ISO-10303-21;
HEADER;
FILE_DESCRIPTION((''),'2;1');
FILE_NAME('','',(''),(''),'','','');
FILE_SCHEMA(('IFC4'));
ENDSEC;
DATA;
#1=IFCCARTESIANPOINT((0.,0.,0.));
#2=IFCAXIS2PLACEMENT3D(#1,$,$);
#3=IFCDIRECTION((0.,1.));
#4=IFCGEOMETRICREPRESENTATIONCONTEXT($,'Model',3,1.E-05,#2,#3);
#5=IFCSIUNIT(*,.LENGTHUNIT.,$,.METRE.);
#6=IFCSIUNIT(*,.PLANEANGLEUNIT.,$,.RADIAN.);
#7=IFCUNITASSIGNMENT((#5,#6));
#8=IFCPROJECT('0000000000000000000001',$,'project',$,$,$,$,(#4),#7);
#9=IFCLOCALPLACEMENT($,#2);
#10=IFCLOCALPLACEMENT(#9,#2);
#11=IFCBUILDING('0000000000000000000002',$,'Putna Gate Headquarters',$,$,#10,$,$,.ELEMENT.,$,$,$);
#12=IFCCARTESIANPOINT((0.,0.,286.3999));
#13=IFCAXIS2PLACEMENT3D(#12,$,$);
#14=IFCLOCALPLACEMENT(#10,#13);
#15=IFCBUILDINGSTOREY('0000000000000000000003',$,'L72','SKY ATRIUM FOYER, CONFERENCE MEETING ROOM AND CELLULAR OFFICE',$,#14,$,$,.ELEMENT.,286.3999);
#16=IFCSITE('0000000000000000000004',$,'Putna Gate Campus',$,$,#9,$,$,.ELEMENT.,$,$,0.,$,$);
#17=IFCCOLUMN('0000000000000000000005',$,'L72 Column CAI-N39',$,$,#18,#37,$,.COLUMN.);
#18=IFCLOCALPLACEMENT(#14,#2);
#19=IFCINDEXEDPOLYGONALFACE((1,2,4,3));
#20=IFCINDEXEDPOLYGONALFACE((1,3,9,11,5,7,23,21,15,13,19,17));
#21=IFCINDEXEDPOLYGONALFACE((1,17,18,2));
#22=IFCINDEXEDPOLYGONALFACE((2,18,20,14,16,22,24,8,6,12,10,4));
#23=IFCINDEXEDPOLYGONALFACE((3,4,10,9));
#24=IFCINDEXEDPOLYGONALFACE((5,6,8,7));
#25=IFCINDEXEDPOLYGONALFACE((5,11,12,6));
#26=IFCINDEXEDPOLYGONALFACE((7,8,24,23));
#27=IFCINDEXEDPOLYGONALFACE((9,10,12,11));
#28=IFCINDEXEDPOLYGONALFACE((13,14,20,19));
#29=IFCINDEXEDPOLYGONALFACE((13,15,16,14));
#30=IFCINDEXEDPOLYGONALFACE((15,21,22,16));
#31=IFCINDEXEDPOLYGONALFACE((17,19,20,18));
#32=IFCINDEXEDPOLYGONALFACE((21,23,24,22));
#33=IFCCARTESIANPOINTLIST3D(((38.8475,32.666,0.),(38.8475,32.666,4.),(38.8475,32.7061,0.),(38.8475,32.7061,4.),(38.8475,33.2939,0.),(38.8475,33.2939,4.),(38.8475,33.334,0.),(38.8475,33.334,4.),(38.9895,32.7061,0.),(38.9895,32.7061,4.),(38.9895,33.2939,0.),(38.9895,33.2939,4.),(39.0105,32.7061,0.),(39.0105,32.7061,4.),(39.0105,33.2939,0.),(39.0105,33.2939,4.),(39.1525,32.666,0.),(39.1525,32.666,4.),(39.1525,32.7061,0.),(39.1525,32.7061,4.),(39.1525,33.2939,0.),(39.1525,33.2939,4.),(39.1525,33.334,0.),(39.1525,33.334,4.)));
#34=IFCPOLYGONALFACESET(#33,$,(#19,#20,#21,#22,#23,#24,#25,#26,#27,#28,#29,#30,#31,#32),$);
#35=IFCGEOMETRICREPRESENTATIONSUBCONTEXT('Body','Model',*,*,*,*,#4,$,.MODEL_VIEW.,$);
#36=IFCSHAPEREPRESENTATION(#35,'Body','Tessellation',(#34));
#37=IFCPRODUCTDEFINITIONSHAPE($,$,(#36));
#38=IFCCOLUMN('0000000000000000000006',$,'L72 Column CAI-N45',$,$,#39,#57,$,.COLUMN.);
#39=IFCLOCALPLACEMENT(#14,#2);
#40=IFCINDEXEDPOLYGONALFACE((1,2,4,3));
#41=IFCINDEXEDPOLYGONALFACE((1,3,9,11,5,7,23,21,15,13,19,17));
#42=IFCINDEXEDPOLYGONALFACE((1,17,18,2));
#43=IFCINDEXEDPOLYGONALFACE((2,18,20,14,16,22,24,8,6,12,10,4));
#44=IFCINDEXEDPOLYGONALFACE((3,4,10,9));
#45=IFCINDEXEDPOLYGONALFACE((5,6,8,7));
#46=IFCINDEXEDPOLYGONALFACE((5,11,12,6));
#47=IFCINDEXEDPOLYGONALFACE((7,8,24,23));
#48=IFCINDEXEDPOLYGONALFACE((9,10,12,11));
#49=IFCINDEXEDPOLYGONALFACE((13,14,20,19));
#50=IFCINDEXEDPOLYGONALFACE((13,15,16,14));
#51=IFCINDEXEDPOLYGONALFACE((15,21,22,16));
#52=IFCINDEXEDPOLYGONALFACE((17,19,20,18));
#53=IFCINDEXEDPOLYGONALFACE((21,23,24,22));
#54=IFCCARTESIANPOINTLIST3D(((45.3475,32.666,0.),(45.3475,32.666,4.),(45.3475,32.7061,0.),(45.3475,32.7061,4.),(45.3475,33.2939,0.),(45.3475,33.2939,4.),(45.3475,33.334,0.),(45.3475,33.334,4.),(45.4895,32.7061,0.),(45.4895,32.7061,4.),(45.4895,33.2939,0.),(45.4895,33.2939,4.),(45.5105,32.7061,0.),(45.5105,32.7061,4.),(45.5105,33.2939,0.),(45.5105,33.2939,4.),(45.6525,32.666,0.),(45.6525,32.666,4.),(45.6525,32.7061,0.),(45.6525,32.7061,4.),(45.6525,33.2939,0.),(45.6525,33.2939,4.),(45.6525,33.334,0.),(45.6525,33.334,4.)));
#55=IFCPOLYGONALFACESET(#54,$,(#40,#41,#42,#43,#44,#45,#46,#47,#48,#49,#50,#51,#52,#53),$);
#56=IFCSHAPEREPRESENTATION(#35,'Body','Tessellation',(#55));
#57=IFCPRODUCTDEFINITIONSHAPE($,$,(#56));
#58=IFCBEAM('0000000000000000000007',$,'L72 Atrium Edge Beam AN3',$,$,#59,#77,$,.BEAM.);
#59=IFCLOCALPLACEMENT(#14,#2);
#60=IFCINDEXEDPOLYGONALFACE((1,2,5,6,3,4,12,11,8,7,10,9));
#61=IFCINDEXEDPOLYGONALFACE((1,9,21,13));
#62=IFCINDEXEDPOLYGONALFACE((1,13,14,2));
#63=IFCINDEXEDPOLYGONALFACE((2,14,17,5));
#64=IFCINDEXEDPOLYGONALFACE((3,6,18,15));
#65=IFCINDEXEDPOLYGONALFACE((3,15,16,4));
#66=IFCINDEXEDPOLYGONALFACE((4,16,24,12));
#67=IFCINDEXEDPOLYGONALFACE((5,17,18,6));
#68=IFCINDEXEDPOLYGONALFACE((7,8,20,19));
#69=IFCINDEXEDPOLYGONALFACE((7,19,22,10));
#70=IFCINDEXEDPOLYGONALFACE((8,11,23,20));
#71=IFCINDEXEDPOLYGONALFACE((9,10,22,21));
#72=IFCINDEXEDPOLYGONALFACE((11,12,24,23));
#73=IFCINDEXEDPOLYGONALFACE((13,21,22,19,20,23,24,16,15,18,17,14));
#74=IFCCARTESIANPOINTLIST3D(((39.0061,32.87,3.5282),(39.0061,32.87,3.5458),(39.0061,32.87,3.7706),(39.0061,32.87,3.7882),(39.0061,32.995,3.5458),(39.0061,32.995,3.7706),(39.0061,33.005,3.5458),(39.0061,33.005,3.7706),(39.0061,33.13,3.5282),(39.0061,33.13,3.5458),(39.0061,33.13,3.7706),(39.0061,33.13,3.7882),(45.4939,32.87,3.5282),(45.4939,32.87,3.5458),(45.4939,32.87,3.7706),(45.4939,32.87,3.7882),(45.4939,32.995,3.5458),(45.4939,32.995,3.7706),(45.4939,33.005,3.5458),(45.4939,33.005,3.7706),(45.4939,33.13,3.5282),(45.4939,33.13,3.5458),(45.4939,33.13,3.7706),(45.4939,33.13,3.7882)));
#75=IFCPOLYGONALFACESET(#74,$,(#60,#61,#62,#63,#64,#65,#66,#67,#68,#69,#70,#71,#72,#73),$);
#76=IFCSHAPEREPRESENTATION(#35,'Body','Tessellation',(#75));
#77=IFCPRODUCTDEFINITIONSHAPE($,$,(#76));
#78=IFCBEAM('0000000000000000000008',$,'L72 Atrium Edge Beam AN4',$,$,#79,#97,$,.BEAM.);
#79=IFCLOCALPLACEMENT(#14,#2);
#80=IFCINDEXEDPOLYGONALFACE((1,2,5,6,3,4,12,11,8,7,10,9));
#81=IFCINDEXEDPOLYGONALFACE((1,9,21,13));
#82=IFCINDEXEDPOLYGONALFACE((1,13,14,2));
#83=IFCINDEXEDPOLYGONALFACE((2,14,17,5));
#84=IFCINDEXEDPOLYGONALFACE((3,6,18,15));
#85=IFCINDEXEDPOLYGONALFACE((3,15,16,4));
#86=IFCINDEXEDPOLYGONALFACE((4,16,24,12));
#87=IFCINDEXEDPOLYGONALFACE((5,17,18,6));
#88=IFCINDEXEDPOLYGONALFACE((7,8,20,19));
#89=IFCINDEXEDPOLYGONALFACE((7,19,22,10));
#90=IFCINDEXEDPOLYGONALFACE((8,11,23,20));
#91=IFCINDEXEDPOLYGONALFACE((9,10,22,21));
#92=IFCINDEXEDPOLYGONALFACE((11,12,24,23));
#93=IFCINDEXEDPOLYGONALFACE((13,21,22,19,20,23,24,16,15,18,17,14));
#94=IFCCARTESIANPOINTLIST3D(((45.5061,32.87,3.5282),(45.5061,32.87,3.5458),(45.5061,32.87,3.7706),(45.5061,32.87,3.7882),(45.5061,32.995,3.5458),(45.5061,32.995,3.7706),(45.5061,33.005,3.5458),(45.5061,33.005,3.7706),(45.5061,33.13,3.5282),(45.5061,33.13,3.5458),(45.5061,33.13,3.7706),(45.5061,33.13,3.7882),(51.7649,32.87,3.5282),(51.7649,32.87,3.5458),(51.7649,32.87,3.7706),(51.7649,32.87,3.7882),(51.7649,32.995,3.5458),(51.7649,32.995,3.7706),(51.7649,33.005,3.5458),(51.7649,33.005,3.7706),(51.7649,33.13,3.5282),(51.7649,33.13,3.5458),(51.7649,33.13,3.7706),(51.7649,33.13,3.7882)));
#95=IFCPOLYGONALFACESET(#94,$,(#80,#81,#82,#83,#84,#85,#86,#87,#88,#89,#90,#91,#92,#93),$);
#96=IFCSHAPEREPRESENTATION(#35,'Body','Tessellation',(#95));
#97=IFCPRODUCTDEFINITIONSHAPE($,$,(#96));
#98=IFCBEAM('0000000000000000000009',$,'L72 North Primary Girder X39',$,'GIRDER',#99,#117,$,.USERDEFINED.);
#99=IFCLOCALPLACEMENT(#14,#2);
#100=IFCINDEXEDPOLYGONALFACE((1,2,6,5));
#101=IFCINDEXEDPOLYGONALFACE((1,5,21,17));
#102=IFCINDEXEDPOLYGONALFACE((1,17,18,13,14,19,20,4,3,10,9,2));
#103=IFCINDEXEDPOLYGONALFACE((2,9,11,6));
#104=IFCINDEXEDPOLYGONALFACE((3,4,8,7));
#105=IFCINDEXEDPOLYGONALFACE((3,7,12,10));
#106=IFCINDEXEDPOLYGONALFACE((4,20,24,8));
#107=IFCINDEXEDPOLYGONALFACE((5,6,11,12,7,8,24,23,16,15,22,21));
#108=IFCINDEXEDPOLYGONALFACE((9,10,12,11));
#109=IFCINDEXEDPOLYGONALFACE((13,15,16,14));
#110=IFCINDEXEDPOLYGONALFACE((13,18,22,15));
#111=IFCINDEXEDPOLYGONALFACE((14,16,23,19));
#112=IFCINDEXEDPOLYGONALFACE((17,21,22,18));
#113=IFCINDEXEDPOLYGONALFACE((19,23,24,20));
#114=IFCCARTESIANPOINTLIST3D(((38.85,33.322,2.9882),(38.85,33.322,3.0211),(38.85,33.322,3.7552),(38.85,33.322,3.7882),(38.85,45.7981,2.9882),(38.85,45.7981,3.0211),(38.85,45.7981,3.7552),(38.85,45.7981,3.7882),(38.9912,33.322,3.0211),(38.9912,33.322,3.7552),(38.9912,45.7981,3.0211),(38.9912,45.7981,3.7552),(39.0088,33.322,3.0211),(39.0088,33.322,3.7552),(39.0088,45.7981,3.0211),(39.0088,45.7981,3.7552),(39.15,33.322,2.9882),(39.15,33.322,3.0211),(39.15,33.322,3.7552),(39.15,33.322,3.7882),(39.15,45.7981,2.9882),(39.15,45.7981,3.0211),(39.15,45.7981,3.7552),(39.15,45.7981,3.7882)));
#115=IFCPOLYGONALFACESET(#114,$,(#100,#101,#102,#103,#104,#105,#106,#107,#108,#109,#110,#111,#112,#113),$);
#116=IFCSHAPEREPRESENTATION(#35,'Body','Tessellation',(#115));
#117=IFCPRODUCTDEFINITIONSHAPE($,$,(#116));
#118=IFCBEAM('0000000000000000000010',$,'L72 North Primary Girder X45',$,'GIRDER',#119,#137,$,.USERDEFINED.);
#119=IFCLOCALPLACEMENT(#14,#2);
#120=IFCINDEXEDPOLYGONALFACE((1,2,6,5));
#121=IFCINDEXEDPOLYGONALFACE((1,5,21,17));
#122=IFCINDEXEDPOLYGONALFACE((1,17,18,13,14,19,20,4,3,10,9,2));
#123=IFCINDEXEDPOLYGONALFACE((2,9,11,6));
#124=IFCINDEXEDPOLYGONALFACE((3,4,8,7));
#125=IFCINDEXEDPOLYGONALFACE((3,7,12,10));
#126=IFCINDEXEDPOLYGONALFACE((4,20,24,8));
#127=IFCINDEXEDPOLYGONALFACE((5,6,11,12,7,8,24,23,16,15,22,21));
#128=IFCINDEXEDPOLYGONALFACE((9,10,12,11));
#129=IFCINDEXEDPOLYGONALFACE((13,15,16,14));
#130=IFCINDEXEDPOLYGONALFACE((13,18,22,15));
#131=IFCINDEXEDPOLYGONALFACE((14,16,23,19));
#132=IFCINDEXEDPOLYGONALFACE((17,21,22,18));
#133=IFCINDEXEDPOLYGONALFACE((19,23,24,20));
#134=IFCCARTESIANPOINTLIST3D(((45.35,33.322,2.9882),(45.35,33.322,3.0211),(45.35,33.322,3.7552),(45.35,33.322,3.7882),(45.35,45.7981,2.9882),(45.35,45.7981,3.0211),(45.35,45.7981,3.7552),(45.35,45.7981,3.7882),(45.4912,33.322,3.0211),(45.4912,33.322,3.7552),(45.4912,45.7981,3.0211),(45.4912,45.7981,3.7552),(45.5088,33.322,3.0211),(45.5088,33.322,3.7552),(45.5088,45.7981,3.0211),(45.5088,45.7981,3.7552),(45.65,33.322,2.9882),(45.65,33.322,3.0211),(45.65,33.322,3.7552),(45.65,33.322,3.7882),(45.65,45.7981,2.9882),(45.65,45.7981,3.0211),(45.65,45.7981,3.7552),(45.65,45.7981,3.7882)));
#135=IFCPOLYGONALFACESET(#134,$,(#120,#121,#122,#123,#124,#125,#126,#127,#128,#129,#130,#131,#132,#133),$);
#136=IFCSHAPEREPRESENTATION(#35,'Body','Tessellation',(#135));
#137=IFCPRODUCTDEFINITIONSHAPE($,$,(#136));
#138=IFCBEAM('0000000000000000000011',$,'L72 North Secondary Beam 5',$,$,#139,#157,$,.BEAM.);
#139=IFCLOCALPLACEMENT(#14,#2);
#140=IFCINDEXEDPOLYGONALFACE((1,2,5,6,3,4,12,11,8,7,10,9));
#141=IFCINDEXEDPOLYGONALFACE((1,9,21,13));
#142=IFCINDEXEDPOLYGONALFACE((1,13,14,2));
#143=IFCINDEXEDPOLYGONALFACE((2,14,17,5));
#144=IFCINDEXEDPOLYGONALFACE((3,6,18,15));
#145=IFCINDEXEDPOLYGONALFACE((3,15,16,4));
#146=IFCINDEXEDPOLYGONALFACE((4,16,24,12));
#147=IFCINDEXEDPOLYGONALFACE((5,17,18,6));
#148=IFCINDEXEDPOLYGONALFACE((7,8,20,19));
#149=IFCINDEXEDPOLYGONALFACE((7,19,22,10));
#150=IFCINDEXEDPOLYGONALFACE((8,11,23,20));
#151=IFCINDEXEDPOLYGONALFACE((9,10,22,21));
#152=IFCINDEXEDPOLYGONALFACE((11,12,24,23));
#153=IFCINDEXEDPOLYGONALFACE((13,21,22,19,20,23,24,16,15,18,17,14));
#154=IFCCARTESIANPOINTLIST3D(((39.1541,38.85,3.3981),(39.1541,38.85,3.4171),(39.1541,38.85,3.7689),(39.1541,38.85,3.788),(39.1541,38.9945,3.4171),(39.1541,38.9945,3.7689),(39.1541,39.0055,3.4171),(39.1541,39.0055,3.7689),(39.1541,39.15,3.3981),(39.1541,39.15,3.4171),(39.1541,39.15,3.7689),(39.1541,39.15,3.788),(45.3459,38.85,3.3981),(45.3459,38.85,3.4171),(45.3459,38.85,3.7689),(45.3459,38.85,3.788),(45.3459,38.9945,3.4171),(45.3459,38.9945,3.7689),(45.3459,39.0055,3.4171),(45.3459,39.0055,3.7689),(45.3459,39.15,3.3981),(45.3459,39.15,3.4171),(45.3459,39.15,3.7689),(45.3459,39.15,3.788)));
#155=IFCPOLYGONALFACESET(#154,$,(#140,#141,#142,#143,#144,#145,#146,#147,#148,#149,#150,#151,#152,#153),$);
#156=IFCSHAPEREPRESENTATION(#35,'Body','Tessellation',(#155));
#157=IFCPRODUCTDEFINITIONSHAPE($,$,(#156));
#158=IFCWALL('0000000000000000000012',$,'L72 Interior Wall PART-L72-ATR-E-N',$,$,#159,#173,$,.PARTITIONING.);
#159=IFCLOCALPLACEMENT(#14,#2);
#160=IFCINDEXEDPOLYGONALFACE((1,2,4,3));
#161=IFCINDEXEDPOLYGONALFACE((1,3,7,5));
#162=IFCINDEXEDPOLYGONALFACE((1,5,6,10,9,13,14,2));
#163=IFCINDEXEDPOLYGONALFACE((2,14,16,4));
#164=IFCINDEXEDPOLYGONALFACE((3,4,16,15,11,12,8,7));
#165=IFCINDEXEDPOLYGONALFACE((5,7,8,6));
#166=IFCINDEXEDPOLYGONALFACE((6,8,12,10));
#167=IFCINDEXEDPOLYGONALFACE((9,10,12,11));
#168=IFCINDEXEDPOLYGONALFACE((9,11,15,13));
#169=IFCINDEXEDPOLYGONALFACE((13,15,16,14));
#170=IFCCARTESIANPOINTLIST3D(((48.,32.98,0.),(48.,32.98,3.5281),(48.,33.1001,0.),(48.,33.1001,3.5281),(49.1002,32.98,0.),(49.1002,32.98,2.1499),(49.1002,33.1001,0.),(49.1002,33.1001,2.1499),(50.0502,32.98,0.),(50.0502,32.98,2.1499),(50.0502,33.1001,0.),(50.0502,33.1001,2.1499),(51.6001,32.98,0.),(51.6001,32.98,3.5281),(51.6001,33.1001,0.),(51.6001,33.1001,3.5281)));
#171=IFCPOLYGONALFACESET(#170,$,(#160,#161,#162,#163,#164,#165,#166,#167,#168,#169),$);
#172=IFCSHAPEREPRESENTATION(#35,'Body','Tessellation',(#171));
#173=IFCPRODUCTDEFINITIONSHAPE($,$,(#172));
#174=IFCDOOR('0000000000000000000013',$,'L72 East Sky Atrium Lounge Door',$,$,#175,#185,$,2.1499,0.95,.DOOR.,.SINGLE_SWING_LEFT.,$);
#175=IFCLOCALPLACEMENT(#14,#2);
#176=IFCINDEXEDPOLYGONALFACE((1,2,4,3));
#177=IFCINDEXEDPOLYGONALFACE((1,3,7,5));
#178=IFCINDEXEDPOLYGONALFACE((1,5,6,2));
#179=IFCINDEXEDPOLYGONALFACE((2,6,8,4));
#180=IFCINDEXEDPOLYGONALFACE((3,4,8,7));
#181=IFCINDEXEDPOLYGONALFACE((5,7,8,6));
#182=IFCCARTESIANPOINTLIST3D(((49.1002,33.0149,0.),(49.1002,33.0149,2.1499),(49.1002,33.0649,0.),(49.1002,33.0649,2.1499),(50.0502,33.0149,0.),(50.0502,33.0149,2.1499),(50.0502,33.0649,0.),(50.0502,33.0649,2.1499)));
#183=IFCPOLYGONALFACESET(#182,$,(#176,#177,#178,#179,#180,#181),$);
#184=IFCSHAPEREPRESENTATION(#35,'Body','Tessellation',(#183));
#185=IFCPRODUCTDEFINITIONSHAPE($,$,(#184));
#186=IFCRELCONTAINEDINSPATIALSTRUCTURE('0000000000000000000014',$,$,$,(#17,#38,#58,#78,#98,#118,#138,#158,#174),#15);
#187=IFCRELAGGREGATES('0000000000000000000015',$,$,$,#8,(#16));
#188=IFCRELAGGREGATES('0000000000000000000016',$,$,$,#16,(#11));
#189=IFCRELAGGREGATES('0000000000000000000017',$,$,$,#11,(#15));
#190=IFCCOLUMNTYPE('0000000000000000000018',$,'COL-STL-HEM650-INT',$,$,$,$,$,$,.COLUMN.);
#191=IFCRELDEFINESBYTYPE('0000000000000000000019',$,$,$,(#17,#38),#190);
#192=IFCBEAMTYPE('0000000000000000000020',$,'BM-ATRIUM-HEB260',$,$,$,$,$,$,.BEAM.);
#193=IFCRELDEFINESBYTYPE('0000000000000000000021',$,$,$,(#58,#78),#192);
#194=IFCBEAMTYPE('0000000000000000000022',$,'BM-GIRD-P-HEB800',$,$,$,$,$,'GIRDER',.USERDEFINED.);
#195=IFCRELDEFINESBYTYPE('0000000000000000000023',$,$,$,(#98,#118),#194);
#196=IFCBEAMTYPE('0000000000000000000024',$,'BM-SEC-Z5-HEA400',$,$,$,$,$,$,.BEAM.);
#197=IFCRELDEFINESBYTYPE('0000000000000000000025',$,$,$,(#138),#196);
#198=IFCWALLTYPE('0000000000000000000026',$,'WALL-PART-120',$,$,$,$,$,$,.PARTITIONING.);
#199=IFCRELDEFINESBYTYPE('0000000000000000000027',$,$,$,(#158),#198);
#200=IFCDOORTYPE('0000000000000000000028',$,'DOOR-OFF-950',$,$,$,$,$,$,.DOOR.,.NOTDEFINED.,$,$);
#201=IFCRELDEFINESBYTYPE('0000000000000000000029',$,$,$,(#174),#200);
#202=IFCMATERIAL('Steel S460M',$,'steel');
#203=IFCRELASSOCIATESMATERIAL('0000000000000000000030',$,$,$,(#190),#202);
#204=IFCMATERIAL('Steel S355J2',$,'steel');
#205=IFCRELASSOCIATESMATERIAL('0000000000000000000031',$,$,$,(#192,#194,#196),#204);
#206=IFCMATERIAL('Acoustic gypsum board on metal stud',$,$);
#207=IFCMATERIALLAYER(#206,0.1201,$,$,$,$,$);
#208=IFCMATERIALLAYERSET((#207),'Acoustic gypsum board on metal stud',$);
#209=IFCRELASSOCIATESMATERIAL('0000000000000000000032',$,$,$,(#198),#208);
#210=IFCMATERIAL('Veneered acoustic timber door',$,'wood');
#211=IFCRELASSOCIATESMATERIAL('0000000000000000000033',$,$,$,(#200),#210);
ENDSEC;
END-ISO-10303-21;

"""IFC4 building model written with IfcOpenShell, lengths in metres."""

from ifc_helpers import new_model, si_unit, direction, frame, frame_2d, origin, origin_2d, place, context, subcontext, project, spatial, rectangle, i_section, extrude, material, layer, layer_set, material_profile, profile_set, type_object, element, fill, save


model = new_model("IFC4")

# Units and contexts
model_context = context("Model", 3, precision=1e-05, world=origin(), true_north=direction((0.0, 1.0)))
body_context = subcontext(model_context, "Body", "Model", "MODEL_VIEW")
ifc_project = project(units=[si_unit("LENGTHUNIT", "METRE"), si_unit("PLANEANGLEUNIT", "RADIAN")], contexts=[model_context])

# Site, building, storey
site_placement = place(None, origin())
site = spatial("IfcSite", under=ifc_project, at=site_placement, Name="Putna Gate Campus", CompositionType="ELEMENT", RefElevation=0.0)
building_placement = place(site_placement, origin())
building = spatial("IfcBuilding", under=site, at=building_placement, Name="Putna Gate Headquarters", CompositionType="ELEMENT")
storey_placement = place(building_placement, frame((0.0, 0.0, 286.3999)))
storey = spatial("IfcBuildingStorey", under=building, at=storey_placement, Name="L72", Description="SKY ATRIUM FOYER, CONFERENCE MEETING ROOM AND CELLULAR OFFICE", CompositionType="ELEMENT", Elevation=286.3999)

# Columns
ifc_material_1 = material(Name="Steel S460M", Category="steel")
ifc_material_profile_1 = material_profile(ifc_material_1, i_section(OverallWidth=0.3049, OverallDepth=0.668, WebThickness=0.021, FlangeThickness=0.04, at=origin_2d()), Name="Steel S460M")
ifc_profile_set_1 = profile_set([ifc_material_profile_1], Name="Steel S460M")
column_type = type_object("IfcColumnType", Name="COL-STL-HEM650-INT", PredefinedType="COLUMN", material=ifc_profile_set_1)
for number, where, z_axis, x_axis, name in (
    (1, (39.0, 33.0, 0.0), (0.0, 0.0, 1.0), (1.0, 0.0, 0.0), "L72 Column CAI-N39"),
    (2, (45.5, 33.0, 0.0), (0.0, 0.0, 1.0), (1.0, 0.0, 0.0), "L72 Column CAI-N45"),
):
    element("IfcColumn", number, at=place(storey_placement, frame(where, z_axis=z_axis, x_axis=x_axis)), inside=storey, type_object=column_type, Name=name, PredefinedType="COLUMN", context=body_context, shape_type="SweptSolid", body=[
        extrude(i_section(OverallWidth=0.3049, OverallDepth=0.668, WebThickness=0.021, FlangeThickness=0.04, at=origin_2d()), origin(), (0.0, 0.0, 1.0), 4.0),
    ])

# Beams
ifc_material_2 = material(Name="Steel S355J2", Category="steel")
ifc_material_profile_2 = material_profile(ifc_material_2, i_section(OverallWidth=0.26, OverallDepth=0.26, WebThickness=0.01, FlangeThickness=0.0176, at=origin_2d()), Name="Steel S355J2")
ifc_profile_set_2 = profile_set([ifc_material_profile_2], Name="Steel S355J2")
beam_type_1 = type_object("IfcBeamType", Name="BM-ATRIUM-HEB260", PredefinedType="BEAM", material=ifc_profile_set_2)
beam_1_placement = place(storey_placement, frame((39.0061, 33.0, 3.6582), z_axis=(1.0, 0.0, 0.0), x_axis=(0.0, 1.0, 0.0)))
element("IfcBeam", 3, at=beam_1_placement, inside=storey, type_object=beam_type_1, Name="L72 Atrium Edge Beam AN3", PredefinedType="BEAM", context=body_context, shape_type="SweptSolid", body=[
    extrude(i_section(OverallWidth=0.26, OverallDepth=0.26, WebThickness=0.01, FlangeThickness=0.0176, at=origin_2d()), origin(), (0.0, 0.0, 1.0), 6.4878),
])
beam_2_placement = place(storey_placement, frame((45.5061, 33.0, 3.6582), z_axis=(1.0, 0.0, 0.0), x_axis=(0.0, 1.0, 0.0)))
element("IfcBeam", 4, at=beam_2_placement, inside=storey, type_object=beam_type_1, Name="L72 Atrium Edge Beam AN4", PredefinedType="BEAM", context=body_context, shape_type="SweptSolid", body=[
    extrude(i_section(OverallWidth=0.26, OverallDepth=0.26, WebThickness=0.01, FlangeThickness=0.0176, at=origin_2d()), origin(), (0.0, 0.0, 1.0), 6.2588),
])
ifc_material_profile_3 = material_profile(ifc_material_2, i_section(OverallWidth=0.3, OverallDepth=0.8, WebThickness=0.0176, FlangeThickness=0.033, at=origin_2d()), Name="Steel S355J2")
ifc_profile_set_3 = profile_set([ifc_material_profile_3], Name="Steel S355J2")
beam_type_2 = type_object("IfcBeamType", Name="BM-GIRD-P-HEB800", ElementType="GIRDER", PredefinedType="USERDEFINED", material=ifc_profile_set_3)
for number, where, z_axis, x_axis, name in (
    (5, (39.0, 33.322, 3.3882), (0.0, 1.0, 0.0), (-1.0, 0.0, 0.0), "L72 North Primary Girder X39"),
    (6, (45.5, 33.322, 3.3882), (0.0, 1.0, 0.0), (-1.0, 0.0, 0.0), "L72 North Primary Girder X45"),
):
    element("IfcBeam", number, at=place(storey_placement, frame(where, z_axis=z_axis, x_axis=x_axis)), inside=storey, type_object=beam_type_2, Name=name, ObjectType="GIRDER", PredefinedType="USERDEFINED", context=body_context, shape_type="SweptSolid", body=[
        extrude(i_section(OverallWidth=0.3, OverallDepth=0.8, WebThickness=0.0176, FlangeThickness=0.033, at=origin_2d()), origin(), (0.0, 0.0, 1.0), 12.4761),
    ])
ifc_material_profile_4 = material_profile(ifc_material_2, i_section(OverallWidth=0.3, OverallDepth=0.3899, WebThickness=0.011, FlangeThickness=0.019, at=origin_2d()), Name="Steel S355J2")
ifc_profile_set_4 = profile_set([ifc_material_profile_4], Name="Steel S355J2")
beam_type_3 = type_object("IfcBeamType", Name="BM-SEC-Z5-HEA400", PredefinedType="BEAM", material=ifc_profile_set_4)
beam_3_placement = place(storey_placement, frame((39.1541, 39.0, 3.593), z_axis=(1.0, 0.0, 0.0), x_axis=(0.0, 1.0, 0.0)))
element("IfcBeam", 7, at=beam_3_placement, inside=storey, type_object=beam_type_3, Name="L72 North Secondary Beam 5", PredefinedType="BEAM", context=body_context, shape_type="SweptSolid", body=[
    extrude(i_section(OverallWidth=0.3, OverallDepth=0.3899, WebThickness=0.011, FlangeThickness=0.019, at=origin_2d()), origin(), (0.0, 0.0, 1.0), 6.1919),
])

# Wall, opening, door
ifc_material_3 = material(Name="Acoustic gypsum board on metal stud")
ifc_layer_1 = layer(ifc_material_3, 0.1201)
ifc_layer_set_1 = layer_set([ifc_layer_1], Name="Acoustic gypsum board on metal stud")
wall_type_1 = type_object("IfcWallType", Name="WALL-PART-120", PredefinedType="PARTITIONING", material=ifc_layer_set_1)
wall_1_placement = place(storey_placement, frame((48.0, 33.04, 0.0), z_axis=(0.0, 0.0, 1.0), x_axis=(1.0, 0.0, 0.0)))
wall_1 = element("IfcWall", 8, at=wall_1_placement, inside=storey, type_object=wall_type_1, Name="L72 Interior Wall PART-L72-ATR-E-N", PredefinedType="PARTITIONING", context=body_context, shape_type="SweptSolid", body=[
    extrude(rectangle(XDim=3.6001, YDim=0.1201, at=frame_2d((1.8, 0.0))), origin(), (0.0, 0.0, 1.0), 3.5281),
])
opening_1_placement = place(wall_1_placement, frame((1.1001, 0.0, 0.0)))
opening_1 = element("IfcOpeningElement", 9, at=opening_1_placement, cuts=wall_1, PredefinedType="OPENING", context=body_context, shape_type="SweptSolid", body=[
    extrude(rectangle(XDim=0.95, YDim=2.1499, at=frame_2d((0.4751, 1.075))), frame((0.0, 0.0701, 0.0), z_axis=(0.0, -1.0, 0.0), x_axis=(1.0, 0.0, 0.0)), (0.0, 0.0, 1.0), 0.1401),
])
ifc_material_4 = material(Name="Veneered acoustic timber door", Category="wood")
door_type_1 = type_object("IfcDoorType", Name="DOOR-OFF-950", OperationType="NOTDEFINED", PredefinedType="DOOR", material=ifc_material_4)
door_1_placement = place(opening_1_placement, origin())
door_1 = element("IfcDoor", 10, at=door_1_placement, inside=storey, type_object=door_type_1, Name="L72 East Sky Atrium Lounge Door", OperationType="SINGLE_SWING_LEFT", OverallHeight=2.1499, OverallWidth=0.95, PredefinedType="DOOR", context=body_context, shape_type="SweptSolid", body=[
    extrude(rectangle(XDim=0.95, YDim=2.1499, at=frame_2d((0.4751, 1.075))), frame((0.0, 0.0249, 0.0), z_axis=(0.0, -1.0, 0.0), x_axis=(1.0, 0.0, 0.0)), (0.0, 0.0, 1.0), 0.05),
])
fill(opening_1, door_1)

save(model, "model.ifc")
